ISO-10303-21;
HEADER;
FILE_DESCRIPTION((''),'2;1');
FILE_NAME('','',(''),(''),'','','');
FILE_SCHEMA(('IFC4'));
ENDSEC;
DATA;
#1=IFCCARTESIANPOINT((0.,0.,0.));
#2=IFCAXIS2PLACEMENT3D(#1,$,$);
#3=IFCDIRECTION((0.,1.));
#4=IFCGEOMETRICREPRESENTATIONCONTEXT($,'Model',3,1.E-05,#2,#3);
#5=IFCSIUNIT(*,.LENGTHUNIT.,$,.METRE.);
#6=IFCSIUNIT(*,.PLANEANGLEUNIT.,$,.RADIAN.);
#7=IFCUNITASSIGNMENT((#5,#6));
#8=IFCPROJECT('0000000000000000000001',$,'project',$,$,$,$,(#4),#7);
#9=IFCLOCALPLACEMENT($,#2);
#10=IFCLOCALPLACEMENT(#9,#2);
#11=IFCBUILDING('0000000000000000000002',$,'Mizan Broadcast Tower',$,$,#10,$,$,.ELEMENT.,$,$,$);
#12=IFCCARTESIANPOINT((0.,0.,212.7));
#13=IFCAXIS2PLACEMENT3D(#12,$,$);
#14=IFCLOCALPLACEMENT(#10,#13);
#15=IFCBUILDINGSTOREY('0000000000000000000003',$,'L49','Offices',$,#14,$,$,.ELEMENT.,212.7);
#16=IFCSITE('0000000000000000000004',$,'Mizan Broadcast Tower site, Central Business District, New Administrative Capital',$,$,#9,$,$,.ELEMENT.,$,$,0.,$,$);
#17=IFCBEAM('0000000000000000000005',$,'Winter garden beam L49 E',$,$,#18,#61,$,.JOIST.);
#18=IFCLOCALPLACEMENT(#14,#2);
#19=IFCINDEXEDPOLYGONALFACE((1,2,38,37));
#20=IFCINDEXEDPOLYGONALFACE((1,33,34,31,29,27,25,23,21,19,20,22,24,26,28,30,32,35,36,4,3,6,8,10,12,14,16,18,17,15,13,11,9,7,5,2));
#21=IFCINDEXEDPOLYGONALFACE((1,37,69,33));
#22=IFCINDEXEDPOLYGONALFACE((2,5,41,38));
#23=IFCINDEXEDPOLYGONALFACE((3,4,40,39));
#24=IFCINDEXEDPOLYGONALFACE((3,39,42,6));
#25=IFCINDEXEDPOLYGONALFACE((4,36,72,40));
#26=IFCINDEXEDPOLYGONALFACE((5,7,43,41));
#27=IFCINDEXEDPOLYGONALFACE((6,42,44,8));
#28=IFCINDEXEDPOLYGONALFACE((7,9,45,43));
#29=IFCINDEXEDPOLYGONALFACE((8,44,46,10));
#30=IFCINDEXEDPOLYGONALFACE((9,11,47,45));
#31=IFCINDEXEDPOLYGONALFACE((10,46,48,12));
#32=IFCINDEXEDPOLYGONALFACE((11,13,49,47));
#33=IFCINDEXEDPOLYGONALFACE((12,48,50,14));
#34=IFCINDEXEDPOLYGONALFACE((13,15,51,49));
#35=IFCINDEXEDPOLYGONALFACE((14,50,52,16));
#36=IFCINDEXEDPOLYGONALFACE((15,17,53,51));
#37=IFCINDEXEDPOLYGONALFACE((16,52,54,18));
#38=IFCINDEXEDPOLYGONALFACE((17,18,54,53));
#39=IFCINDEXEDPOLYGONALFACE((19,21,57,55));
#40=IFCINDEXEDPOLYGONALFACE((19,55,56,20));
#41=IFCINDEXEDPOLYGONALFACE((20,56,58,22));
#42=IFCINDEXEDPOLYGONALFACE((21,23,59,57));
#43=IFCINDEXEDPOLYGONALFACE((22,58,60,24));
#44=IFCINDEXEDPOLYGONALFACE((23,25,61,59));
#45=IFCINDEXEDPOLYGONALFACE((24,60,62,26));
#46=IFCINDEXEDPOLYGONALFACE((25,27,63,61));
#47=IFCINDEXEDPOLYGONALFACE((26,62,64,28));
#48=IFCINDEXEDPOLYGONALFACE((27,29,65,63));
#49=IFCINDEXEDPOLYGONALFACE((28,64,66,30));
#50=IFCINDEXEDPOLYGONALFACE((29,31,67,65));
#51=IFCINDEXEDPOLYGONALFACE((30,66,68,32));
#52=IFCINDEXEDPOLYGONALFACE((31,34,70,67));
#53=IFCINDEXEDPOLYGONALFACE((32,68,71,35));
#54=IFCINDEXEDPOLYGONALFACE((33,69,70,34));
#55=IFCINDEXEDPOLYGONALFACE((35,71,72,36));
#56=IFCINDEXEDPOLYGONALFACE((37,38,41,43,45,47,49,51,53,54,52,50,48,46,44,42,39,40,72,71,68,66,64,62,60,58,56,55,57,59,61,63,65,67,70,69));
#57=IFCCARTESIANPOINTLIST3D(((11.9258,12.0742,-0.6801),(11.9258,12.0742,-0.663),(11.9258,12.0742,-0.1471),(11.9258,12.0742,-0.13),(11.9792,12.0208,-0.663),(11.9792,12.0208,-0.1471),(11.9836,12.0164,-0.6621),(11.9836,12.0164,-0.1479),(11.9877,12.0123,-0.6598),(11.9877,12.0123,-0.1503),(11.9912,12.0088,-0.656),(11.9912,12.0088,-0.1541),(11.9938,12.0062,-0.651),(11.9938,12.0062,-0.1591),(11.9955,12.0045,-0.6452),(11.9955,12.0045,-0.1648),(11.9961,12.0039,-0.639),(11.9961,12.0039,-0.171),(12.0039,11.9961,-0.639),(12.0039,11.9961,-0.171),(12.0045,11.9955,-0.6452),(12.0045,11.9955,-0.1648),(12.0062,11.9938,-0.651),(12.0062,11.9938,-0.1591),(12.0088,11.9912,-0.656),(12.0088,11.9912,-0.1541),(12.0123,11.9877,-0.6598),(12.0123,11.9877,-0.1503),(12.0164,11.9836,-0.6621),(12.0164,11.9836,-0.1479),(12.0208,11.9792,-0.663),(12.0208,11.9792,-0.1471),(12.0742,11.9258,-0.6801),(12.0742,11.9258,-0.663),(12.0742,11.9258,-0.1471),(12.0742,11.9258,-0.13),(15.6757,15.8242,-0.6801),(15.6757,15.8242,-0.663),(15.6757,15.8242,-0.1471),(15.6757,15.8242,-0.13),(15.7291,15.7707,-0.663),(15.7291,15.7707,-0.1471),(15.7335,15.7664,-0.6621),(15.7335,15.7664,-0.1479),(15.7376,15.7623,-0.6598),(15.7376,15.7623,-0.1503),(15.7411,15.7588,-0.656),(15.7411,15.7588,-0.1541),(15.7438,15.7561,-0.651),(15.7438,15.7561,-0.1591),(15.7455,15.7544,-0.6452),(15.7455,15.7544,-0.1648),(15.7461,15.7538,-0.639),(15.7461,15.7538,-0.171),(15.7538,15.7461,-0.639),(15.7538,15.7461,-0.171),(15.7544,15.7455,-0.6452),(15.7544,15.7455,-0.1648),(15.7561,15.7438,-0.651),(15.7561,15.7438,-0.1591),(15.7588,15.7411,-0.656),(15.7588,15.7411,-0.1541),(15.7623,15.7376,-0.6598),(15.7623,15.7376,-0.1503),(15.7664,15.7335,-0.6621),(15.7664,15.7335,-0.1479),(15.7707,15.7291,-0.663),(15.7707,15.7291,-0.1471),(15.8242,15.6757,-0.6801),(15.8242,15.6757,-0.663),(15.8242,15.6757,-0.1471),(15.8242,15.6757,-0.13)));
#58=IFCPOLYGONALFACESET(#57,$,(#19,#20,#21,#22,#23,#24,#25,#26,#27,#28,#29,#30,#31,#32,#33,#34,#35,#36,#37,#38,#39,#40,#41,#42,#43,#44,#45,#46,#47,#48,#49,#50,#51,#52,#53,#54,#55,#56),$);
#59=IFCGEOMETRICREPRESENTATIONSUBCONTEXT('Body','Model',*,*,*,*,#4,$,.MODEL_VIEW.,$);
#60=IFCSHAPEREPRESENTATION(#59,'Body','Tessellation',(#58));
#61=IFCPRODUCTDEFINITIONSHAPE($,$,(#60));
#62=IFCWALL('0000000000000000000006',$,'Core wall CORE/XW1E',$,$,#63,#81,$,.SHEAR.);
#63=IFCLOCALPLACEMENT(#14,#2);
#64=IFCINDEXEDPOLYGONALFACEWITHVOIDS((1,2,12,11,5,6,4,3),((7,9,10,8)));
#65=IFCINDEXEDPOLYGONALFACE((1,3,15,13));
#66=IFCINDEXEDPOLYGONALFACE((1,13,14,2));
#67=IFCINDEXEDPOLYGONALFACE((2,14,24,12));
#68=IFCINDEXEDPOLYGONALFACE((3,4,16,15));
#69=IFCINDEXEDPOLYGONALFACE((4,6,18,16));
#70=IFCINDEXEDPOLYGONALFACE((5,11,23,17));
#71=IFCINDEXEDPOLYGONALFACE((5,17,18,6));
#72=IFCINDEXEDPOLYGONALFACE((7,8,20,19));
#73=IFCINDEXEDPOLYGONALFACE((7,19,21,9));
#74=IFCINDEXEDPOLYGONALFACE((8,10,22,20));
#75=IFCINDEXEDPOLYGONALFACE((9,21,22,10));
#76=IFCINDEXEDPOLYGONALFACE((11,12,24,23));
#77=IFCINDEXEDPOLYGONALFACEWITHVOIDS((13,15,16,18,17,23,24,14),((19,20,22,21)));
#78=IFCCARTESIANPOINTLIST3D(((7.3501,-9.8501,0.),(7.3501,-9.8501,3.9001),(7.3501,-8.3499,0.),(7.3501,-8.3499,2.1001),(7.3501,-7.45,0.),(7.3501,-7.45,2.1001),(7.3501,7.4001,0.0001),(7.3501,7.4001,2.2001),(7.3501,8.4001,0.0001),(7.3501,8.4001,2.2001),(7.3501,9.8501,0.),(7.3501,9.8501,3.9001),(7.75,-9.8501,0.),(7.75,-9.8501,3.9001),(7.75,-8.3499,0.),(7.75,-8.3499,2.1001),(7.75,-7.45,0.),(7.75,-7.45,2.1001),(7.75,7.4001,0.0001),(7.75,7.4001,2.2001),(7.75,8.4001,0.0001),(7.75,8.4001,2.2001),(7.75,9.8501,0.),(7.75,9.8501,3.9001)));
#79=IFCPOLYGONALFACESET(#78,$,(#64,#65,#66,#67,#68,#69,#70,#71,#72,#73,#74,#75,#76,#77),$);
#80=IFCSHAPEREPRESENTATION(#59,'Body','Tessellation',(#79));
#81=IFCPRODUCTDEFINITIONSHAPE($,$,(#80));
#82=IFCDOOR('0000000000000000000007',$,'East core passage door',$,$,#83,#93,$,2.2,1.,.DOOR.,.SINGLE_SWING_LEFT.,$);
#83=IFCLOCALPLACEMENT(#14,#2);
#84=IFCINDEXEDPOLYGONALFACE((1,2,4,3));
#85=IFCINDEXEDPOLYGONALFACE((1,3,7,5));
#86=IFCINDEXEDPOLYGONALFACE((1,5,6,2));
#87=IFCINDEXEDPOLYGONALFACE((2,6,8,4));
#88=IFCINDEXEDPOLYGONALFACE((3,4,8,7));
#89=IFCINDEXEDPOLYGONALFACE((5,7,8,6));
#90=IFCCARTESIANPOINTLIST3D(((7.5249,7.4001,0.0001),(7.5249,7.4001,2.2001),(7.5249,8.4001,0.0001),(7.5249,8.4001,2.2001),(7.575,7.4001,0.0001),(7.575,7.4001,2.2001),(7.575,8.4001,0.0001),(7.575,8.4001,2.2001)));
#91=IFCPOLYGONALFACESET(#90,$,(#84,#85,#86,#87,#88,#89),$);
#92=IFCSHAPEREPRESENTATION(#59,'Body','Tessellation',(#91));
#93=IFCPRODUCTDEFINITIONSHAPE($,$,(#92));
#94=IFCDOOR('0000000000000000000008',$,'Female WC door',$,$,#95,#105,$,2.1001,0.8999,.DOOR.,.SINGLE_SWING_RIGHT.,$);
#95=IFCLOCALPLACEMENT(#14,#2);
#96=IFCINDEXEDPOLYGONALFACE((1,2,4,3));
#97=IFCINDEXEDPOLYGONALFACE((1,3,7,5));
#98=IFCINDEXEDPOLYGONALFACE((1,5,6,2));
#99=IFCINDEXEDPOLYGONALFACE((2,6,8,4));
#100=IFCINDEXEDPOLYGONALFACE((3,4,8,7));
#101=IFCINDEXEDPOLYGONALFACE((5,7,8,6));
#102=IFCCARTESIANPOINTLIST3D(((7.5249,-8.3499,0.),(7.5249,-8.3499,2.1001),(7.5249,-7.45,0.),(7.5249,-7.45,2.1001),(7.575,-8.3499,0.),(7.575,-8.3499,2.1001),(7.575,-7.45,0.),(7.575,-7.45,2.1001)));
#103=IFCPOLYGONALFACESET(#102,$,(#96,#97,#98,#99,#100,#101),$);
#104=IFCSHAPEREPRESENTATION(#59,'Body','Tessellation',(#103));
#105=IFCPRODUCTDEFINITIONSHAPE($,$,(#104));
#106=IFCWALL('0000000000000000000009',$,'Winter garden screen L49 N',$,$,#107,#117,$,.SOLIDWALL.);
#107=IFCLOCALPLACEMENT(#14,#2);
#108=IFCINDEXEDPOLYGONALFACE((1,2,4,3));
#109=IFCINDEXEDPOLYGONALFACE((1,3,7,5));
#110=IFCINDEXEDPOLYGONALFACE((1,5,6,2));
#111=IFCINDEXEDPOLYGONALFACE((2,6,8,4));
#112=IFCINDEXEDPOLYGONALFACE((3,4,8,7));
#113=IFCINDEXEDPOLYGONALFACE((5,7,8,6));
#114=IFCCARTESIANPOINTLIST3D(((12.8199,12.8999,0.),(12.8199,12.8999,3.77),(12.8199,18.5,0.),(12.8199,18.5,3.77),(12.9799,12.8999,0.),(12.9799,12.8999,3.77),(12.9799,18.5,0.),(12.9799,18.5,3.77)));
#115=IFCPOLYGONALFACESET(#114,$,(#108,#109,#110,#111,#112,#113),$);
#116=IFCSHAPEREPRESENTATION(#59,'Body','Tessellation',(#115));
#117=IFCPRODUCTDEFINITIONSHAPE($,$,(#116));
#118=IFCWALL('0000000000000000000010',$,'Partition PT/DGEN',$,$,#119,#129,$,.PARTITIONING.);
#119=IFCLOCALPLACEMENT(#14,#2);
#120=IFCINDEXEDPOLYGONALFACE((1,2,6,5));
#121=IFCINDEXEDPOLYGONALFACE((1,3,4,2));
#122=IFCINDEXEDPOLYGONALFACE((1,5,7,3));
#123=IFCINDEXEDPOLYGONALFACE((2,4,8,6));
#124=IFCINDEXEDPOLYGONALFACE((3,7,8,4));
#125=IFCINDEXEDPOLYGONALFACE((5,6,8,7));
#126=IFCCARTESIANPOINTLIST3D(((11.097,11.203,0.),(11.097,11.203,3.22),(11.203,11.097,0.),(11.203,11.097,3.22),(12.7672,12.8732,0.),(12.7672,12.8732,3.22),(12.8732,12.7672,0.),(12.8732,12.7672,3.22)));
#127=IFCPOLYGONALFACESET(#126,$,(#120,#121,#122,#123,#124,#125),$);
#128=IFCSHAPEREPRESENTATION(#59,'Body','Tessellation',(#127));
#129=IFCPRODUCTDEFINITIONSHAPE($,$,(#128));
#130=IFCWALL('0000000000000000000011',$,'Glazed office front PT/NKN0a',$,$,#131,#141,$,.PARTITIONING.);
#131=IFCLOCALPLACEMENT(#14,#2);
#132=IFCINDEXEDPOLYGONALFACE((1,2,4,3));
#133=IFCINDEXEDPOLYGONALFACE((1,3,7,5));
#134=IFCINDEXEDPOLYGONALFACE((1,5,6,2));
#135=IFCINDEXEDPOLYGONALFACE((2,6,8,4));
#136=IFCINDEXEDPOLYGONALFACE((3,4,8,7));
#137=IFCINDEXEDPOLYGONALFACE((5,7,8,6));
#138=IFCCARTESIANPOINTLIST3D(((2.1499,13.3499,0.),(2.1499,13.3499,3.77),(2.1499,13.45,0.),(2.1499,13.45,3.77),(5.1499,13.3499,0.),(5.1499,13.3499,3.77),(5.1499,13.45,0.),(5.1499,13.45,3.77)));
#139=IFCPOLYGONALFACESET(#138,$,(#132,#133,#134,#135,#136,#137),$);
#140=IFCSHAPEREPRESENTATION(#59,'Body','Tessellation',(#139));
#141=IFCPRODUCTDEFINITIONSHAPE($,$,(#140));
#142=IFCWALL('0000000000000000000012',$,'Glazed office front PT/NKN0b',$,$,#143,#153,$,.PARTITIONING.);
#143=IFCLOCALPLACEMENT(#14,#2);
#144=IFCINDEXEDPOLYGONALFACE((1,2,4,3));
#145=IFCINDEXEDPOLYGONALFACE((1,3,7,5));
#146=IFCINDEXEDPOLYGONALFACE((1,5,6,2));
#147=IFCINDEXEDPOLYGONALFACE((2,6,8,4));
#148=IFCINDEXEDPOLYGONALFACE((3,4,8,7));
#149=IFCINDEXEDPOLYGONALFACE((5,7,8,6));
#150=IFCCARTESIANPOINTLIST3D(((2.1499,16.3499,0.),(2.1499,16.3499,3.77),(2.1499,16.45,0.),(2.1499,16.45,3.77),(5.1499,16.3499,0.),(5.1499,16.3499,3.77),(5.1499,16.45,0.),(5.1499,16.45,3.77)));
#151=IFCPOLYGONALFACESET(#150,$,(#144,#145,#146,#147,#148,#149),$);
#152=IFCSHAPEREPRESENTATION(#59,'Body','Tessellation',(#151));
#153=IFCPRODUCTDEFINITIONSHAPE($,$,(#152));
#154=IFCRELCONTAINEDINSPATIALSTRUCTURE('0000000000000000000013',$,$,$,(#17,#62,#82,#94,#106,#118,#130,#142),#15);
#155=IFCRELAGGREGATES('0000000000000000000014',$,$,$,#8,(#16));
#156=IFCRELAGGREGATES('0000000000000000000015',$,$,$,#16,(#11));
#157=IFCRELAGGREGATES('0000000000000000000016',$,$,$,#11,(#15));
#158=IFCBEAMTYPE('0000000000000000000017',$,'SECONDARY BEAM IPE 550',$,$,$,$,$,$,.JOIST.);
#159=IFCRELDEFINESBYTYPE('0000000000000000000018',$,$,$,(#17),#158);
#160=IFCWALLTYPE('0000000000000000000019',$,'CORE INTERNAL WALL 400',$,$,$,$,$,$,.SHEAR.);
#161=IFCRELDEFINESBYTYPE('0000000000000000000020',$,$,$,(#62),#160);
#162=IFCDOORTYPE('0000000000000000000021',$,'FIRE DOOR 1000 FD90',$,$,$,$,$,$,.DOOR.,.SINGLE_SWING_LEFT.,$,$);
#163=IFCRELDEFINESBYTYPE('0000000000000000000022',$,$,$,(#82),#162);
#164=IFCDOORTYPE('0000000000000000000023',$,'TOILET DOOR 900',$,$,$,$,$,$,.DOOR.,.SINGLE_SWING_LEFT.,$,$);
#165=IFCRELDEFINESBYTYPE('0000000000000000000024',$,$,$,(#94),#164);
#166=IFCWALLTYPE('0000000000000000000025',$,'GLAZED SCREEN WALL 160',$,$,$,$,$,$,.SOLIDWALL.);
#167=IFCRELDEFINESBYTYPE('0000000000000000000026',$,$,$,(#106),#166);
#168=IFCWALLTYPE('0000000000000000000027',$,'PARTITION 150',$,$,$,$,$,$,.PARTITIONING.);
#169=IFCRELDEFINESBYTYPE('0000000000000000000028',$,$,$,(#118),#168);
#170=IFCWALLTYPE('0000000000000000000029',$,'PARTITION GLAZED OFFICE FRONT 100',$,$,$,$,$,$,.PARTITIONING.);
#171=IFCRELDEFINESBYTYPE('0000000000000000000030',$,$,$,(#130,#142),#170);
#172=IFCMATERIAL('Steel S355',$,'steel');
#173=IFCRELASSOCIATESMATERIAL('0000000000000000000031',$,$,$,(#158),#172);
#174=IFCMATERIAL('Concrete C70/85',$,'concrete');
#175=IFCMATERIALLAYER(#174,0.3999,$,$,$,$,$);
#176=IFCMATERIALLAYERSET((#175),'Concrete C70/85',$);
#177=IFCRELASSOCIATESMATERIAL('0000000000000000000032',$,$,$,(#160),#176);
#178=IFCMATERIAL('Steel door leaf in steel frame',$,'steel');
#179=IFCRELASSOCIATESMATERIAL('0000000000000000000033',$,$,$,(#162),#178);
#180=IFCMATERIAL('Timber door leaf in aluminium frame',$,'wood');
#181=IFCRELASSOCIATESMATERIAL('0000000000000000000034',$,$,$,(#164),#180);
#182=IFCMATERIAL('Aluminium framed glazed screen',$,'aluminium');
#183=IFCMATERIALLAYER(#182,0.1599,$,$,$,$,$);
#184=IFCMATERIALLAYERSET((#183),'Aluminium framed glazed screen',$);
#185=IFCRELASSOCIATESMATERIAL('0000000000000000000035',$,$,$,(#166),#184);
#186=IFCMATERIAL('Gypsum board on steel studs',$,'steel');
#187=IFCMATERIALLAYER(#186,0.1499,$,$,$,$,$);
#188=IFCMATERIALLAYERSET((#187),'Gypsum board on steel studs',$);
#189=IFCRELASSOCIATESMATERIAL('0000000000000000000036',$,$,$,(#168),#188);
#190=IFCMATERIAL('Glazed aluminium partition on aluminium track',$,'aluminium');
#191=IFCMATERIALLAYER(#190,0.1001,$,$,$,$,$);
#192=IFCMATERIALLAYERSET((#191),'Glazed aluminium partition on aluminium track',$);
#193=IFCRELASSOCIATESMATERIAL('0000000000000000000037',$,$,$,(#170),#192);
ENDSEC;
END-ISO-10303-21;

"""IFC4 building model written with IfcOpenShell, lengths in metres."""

from ifc_helpers import new_model, si_unit, direction, frame, frame_2d, origin, origin_2d, place, context, subcontext, project, spatial, rectangle, i_section, extrude, material, layer, layer_set, material_profile, profile_set, type_object, element, fill, save


model = new_model("IFC4")

# Units and contexts
model_context = context("Model", 3, precision=1e-05, world=origin(), true_north=direction((0.0, 1.0)))
body_context = subcontext(model_context, "Body", "Model", "MODEL_VIEW")
ifc_project = project(units=[si_unit("LENGTHUNIT", "METRE"), si_unit("PLANEANGLEUNIT", "RADIAN")], contexts=[model_context])

# Site, building, storey
site_placement = place(None, origin())
site = spatial("IfcSite", under=ifc_project, at=site_placement, Name="Mizan Broadcast Tower site, Central Business District, New Administrative Capital", CompositionType="ELEMENT", RefElevation=0.0)
building_placement = place(site_placement, origin())
building = spatial("IfcBuilding", under=site, at=building_placement, Name="Mizan Broadcast Tower", CompositionType="ELEMENT")
storey_placement = place(building_placement, frame((0.0, 0.0, 212.7)))
storey = spatial("IfcBuildingStorey", under=building, at=storey_placement, Name="L49", Description="Offices", CompositionType="ELEMENT", Elevation=212.7)

# Beam
ifc_material_1 = material(Name="Steel S355", Category="steel")
ifc_material_profile_1 = material_profile(ifc_material_1, i_section(OverallWidth=0.21, OverallDepth=0.55, WebThickness=0.011, FlangeThickness=0.0171, FilletRadius=0.0239, at=origin_2d()), Name="IPE 550")
ifc_profile_set_1 = profile_set([ifc_material_profile_1], Name="Steel S355")
beam_type_1 = type_object("IfcBeamType", Name="SECONDARY BEAM IPE 550", PredefinedType="JOIST", material=ifc_profile_set_1)
beam_placement = place(storey_placement, frame((12.0, 12.0, -0.405), z_axis=(0.707107, 0.707107, 0.0), x_axis=(-0.707107, 0.707107, 0.0)))
element("IfcBeam", 1, at=beam_placement, inside=storey, type_object=beam_type_1, Name="Winter garden beam L49 E", PredefinedType="JOIST", context=body_context, shape_type="SweptSolid", body=[
    extrude(i_section(OverallWidth=0.21, OverallDepth=0.55, WebThickness=0.011, FlangeThickness=0.0171, FilletRadius=0.0239, at=origin_2d()), origin(), (0.0, 0.0, 1.0), 5.3032),
])

# Wall, openings, doors
ifc_material_2 = material(Name="Concrete C70/85", Category="concrete")
ifc_layer_1 = layer(ifc_material_2, 0.3999)
ifc_layer_set_1 = layer_set([ifc_layer_1], Name="Concrete C70/85")
wall_type_1 = type_object("IfcWallType", Name="CORE INTERNAL WALL 400", PredefinedType="SHEAR", material=ifc_layer_set_1)
wall_1_placement = place(storey_placement, frame((7.55, 9.8501, 0.0), z_axis=(0.0, 0.0, 1.0), x_axis=(0.0, -1.0, 0.0)))
wall_1 = element("IfcWall", 2, at=wall_1_placement, inside=storey, type_object=wall_type_1, Name="Core wall CORE/XW1E", PredefinedType="SHEAR", context=body_context, shape_type="SweptSolid", body=[
    extrude(rectangle(XDim=19.7002, YDim=0.3999, at=frame_2d((9.8501, 0.0))), origin(), (0.0, 0.0, 1.0), 3.9001),
])
opening_1_placement = place(wall_1_placement, frame((1.45, 0.0, 0.0)))
opening_1 = element("IfcOpeningElement", 3, at=opening_1_placement, cuts=wall_1, PredefinedType="OPENING", context=body_context, shape_type="SweptSolid", body=[
    extrude(rectangle(XDim=1.0, YDim=2.2, at=frame_2d((0.5, 1.1001))), frame((0.0, 0.21, 0.0), z_axis=(0.0, -1.0, 0.0), x_axis=(1.0, 0.0, 0.0)), (0.0, 0.0, 1.0), 0.4199),
])
opening_2_placement = place(wall_1_placement, frame((17.3, 0.0, 0.0)))
opening_2 = element("IfcOpeningElement", 4, at=opening_2_placement, cuts=wall_1, PredefinedType="OPENING", context=body_context, shape_type="SweptSolid", body=[
    extrude(rectangle(XDim=0.8999, YDim=2.1001, at=frame_2d((0.45, 1.05))), frame((0.0, 0.21, 0.0), z_axis=(0.0, -1.0, 0.0), x_axis=(1.0, 0.0, 0.0)), (0.0, 0.0, 1.0), 0.4199),
])
ifc_material_3 = material(Name="Steel door leaf in steel frame", Category="steel")
door_type_1 = type_object("IfcDoorType", Name="FIRE DOOR 1000 FD90", OperationType="SINGLE_SWING_LEFT", PredefinedType="DOOR", material=ifc_material_3)
door_1_placement = place(opening_1_placement, origin())
door_1 = element("IfcDoor", 5, at=door_1_placement, inside=storey, type_object=door_type_1, Name="East core passage door", OperationType="SINGLE_SWING_LEFT", OverallHeight=2.2, OverallWidth=1.0, PredefinedType="DOOR", context=body_context, shape_type="SweptSolid", body=[
    extrude(rectangle(XDim=1.0, YDim=2.2, at=frame_2d((0.5, 1.1001))), frame((0.0, 0.0249, 0.0), z_axis=(0.0, -1.0, 0.0), x_axis=(1.0, 0.0, 0.0)), (0.0, 0.0, 1.0), 0.05),
])
fill(opening_1, door_1)
ifc_material_4 = material(Name="Timber door leaf in aluminium frame", Category="wood")
door_type_2 = type_object("IfcDoorType", Name="TOILET DOOR 900", OperationType="SINGLE_SWING_LEFT", PredefinedType="DOOR", material=ifc_material_4)
door_2_placement = place(opening_2_placement, origin())
door_2 = element("IfcDoor", 6, at=door_2_placement, inside=storey, type_object=door_type_2, Name="Female WC door", OperationType="SINGLE_SWING_RIGHT", OverallHeight=2.1001, OverallWidth=0.8999, PredefinedType="DOOR", context=body_context, shape_type="SweptSolid", body=[
    extrude(rectangle(XDim=0.8999, YDim=2.1001, at=frame_2d((0.45, 1.05))), frame((0.0, 0.0249, 0.0), z_axis=(0.0, -1.0, 0.0), x_axis=(1.0, 0.0, 0.0)), (0.0, 0.0, 1.0), 0.05),
])
fill(opening_2, door_2)

# Walls
ifc_material_5 = material(Name="Aluminium framed glazed screen", Category="aluminium")
ifc_layer_2 = layer(ifc_material_5, 0.1599)
ifc_layer_set_2 = layer_set([ifc_layer_2], Name="Aluminium framed glazed screen")
wall_type_2 = type_object("IfcWallType", Name="GLAZED SCREEN WALL 160", PredefinedType="SOLIDWALL", material=ifc_layer_set_2)
wall_2_placement = place(storey_placement, frame((12.8999, 12.8999, 0.0), z_axis=(0.0, 0.0, 1.0), x_axis=(0.0, 1.0, 0.0)))
element("IfcWall", 7, at=wall_2_placement, inside=storey, type_object=wall_type_2, Name="Winter garden screen L49 N", PredefinedType="SOLIDWALL", context=body_context, shape_type="SweptSolid", body=[
    extrude(rectangle(XDim=5.6001, YDim=0.1599, at=frame_2d((2.8, 0.0))), origin(), (0.0, 0.0, 1.0), 3.77),
])
ifc_material_6 = material(Name="Gypsum board on steel studs", Category="steel")
ifc_layer_3 = layer(ifc_material_6, 0.1499)
ifc_layer_set_3 = layer_set([ifc_layer_3], Name="Gypsum board on steel studs")
wall_type_3 = type_object("IfcWallType", Name="PARTITION 150", PredefinedType="PARTITIONING", material=ifc_layer_set_3)
wall_3_placement = place(storey_placement, frame((11.1499, 11.1499, 0.0), z_axis=(0.0, 0.0, 1.0), x_axis=(0.707107, 0.707107, 0.0)))
element("IfcWall", 8, at=wall_3_placement, inside=storey, type_object=wall_type_3, Name="Partition PT/DGEN", PredefinedType="PARTITIONING", context=body_context, shape_type="SweptSolid", body=[
    extrude(rectangle(XDim=2.3621, YDim=0.1499, at=frame_2d((1.1812, 0.0))), origin(), (0.0, 0.0, 1.0), 3.22),
])
ifc_material_7 = material(Name="Glazed aluminium partition on aluminium track", Category="aluminium")
ifc_layer_4 = layer(ifc_material_7, 0.1001)
ifc_layer_set_4 = layer_set([ifc_layer_4], Name="Glazed aluminium partition on aluminium track")
wall_type_4 = type_object("IfcWallType", Name="PARTITION GLAZED OFFICE FRONT 100", PredefinedType="PARTITIONING", material=ifc_layer_set_4)
for number, where, z_axis, x_axis, name in (
    (9, (2.1499, 13.3999, 0.0), (0.0, 0.0, 1.0), (1.0, 0.0, 0.0), "Glazed office front PT/NKN0a"),
    (10, (2.1499, 16.3999, 0.0), (0.0, 0.0, 1.0), (1.0, 0.0, 0.0), "Glazed office front PT/NKN0b"),
):
    element("IfcWall", number, at=place(storey_placement, frame(where, z_axis=z_axis, x_axis=x_axis)), inside=storey, type_object=wall_type_4, Name=name, PredefinedType="PARTITIONING", context=body_context, shape_type="SweptSolid", body=[
        extrude(rectangle(XDim=3.0, YDim=0.1001, at=frame_2d((1.5, 0.0))), origin(), (0.0, 0.0, 1.0), 3.77),
    ])

save(model, "model.ifc")
